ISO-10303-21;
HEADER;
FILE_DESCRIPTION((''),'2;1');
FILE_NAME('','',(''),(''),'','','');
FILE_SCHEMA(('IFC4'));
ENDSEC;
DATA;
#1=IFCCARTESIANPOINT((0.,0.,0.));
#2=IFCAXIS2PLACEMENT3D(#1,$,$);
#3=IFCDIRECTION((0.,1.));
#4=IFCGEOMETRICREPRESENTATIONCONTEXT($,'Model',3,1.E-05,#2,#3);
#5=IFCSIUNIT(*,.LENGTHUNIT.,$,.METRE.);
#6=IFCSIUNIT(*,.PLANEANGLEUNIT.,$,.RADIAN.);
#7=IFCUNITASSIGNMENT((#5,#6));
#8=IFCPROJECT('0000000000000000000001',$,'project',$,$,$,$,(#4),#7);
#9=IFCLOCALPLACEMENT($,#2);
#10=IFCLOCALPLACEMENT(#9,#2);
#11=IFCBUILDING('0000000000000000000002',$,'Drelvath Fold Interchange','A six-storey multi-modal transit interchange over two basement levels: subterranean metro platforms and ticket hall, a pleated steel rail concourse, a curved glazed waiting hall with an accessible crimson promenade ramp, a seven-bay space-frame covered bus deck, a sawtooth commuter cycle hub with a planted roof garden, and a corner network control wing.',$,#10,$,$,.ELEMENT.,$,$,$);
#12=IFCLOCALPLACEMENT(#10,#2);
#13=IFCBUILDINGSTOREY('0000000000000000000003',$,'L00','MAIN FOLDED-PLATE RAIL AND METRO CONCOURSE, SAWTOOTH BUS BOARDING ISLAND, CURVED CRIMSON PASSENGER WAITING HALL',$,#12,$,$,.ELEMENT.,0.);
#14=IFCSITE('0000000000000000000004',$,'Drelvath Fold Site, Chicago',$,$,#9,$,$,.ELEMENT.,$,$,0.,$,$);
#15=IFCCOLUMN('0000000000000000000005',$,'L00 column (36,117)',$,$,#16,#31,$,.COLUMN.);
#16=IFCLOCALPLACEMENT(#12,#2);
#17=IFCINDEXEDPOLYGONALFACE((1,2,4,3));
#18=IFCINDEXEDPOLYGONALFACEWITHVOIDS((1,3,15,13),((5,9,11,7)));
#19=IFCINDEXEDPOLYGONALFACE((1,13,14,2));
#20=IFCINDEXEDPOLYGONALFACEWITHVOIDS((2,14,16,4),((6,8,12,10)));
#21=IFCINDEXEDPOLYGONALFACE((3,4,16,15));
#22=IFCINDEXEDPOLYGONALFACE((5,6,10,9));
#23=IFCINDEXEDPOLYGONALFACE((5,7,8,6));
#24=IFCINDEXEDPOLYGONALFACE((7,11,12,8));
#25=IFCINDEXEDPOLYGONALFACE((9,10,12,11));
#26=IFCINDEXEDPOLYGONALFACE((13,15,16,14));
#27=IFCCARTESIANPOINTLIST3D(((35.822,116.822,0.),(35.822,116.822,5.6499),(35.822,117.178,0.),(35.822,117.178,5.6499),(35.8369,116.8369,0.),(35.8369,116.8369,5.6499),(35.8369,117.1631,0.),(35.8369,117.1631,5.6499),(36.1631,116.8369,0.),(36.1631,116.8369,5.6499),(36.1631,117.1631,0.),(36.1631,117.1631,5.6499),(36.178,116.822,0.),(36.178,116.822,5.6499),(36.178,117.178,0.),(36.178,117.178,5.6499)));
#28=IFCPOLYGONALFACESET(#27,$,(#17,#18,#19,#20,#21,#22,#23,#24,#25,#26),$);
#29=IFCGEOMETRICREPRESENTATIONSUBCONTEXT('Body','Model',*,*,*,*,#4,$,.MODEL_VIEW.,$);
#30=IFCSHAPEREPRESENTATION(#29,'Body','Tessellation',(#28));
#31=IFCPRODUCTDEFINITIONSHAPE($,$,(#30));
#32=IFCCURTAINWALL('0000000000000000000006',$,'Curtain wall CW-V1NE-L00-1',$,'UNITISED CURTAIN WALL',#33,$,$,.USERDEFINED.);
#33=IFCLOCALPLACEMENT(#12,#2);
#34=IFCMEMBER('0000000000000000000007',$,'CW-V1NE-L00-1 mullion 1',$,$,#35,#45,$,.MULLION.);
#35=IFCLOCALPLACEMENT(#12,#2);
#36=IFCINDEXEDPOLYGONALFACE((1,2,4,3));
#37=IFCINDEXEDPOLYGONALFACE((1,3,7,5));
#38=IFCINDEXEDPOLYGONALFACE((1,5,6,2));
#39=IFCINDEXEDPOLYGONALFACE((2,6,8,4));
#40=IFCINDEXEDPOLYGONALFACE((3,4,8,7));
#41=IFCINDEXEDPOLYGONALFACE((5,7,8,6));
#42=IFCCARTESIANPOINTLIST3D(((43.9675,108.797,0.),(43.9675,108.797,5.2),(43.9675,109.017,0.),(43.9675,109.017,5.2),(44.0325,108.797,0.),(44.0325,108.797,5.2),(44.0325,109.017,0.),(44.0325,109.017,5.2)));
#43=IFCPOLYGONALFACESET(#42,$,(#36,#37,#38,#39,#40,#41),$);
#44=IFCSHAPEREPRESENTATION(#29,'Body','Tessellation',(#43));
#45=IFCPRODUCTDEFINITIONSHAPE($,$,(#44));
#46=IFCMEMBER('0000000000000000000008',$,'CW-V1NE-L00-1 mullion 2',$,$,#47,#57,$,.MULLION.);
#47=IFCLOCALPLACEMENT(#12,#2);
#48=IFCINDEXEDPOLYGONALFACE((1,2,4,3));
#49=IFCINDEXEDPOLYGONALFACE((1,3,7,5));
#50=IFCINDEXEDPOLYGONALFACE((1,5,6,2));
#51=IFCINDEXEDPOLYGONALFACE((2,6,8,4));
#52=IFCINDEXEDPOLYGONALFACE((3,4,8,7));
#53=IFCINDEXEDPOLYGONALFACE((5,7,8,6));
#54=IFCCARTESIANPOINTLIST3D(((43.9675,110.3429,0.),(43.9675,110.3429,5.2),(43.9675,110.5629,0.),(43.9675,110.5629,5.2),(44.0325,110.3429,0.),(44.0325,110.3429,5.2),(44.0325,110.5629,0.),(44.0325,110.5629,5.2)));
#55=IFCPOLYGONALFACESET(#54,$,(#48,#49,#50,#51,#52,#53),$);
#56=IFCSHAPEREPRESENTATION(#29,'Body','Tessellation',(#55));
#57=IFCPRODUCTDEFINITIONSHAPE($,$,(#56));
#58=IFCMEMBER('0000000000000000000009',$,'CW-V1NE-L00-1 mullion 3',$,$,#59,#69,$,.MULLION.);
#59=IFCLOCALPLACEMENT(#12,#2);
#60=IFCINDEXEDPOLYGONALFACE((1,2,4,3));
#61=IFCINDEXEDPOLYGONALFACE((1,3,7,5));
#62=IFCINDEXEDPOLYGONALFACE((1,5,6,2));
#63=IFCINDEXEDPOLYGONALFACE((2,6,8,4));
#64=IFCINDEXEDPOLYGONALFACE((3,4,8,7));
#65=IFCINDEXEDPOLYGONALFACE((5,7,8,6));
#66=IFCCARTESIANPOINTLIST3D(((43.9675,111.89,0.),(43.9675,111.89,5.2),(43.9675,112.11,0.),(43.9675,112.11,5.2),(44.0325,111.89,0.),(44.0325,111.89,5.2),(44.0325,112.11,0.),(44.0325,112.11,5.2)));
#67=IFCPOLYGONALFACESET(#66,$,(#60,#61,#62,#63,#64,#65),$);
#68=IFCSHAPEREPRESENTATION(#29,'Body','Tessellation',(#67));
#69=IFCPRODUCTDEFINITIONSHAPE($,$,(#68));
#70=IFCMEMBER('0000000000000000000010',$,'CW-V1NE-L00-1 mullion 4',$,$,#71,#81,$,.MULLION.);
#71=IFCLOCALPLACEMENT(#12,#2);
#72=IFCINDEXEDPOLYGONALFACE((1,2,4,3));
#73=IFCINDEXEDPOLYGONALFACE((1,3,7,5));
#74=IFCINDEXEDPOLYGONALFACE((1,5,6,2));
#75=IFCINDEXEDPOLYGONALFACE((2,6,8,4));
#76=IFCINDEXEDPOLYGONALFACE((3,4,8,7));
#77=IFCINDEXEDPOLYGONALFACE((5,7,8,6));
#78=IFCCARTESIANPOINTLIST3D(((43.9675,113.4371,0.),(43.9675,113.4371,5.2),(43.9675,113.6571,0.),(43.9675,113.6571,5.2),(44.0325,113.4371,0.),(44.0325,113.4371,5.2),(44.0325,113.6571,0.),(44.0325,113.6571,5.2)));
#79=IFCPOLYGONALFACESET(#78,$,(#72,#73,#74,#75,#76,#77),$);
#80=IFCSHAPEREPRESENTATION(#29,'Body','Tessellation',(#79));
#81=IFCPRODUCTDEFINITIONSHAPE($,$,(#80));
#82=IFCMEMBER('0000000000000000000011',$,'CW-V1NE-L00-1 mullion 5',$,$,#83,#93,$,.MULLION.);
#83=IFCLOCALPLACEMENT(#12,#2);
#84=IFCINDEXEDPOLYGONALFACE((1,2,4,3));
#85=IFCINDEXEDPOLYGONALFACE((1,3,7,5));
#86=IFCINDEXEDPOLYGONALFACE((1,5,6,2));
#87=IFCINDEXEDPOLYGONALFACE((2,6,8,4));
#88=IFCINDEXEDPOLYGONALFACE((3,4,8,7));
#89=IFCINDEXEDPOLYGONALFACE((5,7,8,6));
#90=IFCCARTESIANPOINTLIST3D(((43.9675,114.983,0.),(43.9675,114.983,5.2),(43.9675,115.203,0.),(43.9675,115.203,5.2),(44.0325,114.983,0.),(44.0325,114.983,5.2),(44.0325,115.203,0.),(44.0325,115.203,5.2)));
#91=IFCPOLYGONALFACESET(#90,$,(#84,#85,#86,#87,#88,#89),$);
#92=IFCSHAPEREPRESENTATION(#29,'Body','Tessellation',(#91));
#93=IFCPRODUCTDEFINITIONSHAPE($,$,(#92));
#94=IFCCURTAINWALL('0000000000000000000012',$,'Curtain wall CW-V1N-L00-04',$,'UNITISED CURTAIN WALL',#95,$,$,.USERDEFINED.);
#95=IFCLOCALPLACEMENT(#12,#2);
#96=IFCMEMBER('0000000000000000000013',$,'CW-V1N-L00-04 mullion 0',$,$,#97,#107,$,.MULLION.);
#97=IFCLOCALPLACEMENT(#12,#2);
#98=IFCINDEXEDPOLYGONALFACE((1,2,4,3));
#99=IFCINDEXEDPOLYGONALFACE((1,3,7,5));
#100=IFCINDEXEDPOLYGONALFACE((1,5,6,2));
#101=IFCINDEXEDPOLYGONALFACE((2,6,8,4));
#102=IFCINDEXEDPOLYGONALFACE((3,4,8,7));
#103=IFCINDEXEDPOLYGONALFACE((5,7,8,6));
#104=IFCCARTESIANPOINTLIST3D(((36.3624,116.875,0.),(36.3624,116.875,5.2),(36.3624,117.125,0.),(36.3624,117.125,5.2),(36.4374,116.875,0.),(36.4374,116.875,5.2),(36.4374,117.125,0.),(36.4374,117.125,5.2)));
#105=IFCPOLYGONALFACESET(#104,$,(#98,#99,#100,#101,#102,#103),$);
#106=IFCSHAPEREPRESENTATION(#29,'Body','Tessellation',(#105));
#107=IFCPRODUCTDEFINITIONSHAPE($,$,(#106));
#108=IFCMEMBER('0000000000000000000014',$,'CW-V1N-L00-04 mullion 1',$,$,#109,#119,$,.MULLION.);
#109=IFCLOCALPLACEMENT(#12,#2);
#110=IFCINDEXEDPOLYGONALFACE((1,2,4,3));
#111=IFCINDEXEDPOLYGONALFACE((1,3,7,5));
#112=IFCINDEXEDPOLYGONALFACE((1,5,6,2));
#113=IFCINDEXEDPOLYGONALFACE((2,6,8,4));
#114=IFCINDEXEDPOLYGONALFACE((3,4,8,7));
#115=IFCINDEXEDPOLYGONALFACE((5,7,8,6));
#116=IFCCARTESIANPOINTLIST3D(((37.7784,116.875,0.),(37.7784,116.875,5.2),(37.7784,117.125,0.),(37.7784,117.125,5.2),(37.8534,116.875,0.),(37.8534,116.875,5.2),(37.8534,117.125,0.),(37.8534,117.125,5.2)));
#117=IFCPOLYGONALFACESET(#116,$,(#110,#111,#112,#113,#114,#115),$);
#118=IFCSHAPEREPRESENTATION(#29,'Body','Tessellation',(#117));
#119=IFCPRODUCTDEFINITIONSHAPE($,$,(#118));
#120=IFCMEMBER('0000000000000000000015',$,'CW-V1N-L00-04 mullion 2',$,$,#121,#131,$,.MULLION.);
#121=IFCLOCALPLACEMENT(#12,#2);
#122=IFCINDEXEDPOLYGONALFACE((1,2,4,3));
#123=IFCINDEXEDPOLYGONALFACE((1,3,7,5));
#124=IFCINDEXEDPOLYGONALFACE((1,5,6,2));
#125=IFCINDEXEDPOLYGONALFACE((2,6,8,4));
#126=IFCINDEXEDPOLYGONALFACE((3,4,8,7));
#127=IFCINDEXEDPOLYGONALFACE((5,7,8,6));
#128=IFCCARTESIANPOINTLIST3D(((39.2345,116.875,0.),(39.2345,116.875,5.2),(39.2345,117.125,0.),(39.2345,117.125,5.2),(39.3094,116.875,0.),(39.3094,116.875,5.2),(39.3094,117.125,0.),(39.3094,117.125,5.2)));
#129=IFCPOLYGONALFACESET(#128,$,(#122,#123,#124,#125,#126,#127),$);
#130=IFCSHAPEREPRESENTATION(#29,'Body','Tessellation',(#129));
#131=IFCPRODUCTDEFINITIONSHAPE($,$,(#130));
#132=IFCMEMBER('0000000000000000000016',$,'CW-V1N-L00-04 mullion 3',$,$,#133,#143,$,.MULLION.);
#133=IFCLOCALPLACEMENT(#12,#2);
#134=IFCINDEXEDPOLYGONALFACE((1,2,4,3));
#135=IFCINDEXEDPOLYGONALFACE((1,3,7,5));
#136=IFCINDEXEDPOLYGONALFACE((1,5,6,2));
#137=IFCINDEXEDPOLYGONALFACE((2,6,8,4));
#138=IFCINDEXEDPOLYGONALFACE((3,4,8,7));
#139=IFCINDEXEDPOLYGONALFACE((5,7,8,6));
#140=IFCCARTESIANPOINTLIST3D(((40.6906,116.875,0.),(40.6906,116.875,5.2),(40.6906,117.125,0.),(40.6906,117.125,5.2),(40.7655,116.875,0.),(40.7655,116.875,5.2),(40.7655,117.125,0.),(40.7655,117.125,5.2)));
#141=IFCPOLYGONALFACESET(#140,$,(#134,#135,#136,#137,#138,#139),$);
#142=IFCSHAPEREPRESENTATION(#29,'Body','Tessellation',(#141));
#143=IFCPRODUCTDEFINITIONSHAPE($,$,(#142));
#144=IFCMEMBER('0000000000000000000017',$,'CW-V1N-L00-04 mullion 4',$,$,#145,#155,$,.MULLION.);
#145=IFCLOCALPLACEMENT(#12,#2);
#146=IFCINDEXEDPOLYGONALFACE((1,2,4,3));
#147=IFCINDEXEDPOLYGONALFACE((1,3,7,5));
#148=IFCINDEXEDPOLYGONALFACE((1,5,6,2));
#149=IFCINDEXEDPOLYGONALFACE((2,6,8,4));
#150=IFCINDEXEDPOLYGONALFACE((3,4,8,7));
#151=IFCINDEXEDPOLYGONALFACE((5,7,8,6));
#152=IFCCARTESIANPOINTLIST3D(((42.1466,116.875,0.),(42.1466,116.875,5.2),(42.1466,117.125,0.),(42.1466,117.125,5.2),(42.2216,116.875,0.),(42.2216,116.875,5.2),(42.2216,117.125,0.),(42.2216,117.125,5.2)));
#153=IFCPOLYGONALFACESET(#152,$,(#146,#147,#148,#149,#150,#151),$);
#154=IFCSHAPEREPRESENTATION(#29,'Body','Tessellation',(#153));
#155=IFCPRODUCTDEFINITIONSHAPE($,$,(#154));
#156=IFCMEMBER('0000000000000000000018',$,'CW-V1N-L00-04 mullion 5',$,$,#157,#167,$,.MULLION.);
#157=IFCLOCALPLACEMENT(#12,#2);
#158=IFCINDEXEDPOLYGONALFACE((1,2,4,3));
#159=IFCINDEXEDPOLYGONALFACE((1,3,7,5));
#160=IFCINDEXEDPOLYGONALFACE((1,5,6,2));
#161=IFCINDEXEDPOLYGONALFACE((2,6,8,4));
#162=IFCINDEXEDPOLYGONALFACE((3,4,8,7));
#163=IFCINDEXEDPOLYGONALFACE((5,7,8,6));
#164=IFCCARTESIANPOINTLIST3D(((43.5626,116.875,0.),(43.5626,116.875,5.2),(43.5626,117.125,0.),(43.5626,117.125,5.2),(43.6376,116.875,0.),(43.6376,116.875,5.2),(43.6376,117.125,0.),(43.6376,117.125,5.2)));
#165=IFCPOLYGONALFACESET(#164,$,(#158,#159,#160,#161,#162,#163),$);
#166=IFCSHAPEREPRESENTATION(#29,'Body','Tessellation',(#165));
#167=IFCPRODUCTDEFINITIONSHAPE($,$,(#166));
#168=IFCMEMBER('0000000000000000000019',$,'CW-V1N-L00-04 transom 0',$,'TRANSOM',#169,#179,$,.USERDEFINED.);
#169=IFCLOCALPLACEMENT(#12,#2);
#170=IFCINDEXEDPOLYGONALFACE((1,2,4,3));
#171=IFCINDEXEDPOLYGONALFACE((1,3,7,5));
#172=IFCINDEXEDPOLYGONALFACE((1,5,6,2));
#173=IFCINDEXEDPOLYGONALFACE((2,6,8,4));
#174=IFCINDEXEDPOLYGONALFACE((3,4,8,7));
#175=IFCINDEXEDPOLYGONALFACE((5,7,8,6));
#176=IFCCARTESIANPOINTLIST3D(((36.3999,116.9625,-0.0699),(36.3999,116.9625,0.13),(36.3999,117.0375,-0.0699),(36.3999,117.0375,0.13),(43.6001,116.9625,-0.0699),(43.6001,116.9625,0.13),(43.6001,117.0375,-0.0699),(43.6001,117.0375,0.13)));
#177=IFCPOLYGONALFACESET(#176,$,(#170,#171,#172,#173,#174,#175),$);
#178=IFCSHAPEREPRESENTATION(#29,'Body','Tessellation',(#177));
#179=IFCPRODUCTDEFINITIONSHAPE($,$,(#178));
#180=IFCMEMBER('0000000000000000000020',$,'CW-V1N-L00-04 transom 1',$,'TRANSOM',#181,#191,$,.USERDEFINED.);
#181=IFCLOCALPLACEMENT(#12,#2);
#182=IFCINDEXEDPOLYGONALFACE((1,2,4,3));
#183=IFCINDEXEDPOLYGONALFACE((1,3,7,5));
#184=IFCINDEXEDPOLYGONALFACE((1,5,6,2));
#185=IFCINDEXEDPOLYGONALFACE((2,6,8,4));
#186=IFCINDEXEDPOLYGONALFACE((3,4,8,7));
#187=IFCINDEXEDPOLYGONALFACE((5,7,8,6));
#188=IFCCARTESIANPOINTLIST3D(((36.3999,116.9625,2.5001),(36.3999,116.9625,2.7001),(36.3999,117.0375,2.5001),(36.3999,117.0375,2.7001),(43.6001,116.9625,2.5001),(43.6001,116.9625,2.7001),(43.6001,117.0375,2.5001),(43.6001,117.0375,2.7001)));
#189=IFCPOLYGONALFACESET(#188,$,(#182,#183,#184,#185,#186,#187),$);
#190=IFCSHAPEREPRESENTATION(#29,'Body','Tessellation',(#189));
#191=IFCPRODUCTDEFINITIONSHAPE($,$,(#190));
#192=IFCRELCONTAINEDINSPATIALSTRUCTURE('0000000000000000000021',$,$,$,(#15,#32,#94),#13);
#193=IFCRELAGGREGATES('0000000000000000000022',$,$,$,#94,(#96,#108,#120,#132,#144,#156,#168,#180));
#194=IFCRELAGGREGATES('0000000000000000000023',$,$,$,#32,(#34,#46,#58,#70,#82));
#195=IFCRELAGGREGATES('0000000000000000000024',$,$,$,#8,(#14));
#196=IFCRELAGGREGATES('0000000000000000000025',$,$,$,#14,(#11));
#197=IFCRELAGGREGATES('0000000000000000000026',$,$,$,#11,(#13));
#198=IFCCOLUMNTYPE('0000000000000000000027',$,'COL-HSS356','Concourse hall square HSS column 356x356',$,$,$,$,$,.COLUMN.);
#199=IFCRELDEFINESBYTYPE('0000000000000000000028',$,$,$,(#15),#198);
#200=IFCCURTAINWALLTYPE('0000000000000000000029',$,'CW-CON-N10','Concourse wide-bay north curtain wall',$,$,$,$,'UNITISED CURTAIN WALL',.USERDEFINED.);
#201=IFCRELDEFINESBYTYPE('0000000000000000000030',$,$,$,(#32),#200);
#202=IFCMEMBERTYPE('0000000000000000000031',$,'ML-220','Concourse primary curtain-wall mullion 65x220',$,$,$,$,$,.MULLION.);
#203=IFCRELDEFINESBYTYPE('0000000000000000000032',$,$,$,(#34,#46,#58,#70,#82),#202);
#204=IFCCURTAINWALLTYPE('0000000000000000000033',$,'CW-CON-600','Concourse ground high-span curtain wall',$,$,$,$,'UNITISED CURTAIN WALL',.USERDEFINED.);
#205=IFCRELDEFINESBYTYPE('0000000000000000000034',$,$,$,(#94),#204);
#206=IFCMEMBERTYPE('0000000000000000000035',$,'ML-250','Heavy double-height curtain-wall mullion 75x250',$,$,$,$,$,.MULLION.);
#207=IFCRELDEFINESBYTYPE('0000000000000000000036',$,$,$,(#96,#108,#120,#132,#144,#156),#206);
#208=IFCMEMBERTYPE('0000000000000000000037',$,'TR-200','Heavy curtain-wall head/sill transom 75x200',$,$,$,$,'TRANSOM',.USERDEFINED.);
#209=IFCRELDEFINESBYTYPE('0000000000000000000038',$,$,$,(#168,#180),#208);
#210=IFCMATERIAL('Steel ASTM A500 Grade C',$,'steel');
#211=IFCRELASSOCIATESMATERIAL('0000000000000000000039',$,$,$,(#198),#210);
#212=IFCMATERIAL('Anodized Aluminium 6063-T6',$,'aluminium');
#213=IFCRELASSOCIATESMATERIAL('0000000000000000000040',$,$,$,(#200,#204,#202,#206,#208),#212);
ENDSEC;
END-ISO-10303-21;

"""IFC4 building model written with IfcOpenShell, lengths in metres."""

from ifc_helpers import new_model, si_unit, direction, frame, origin, origin_2d, place, context, subcontext, project, spatial, rectangle, hollow_rectangle, extrude, material, material_profile, profile_set, type_object, element, aggregate, save


model = new_model("IFC4")

# Units and contexts
model_context = context("Model", 3, precision=1e-05, world=origin(), true_north=direction((0.0, 1.0)))
body_context = subcontext(model_context, "Body", "Model", "MODEL_VIEW")
ifc_project = project(units=[si_unit("LENGTHUNIT", "METRE"), si_unit("PLANEANGLEUNIT", "RADIAN")], contexts=[model_context])

# Site, building, storey
site_placement = place(None, origin())
site = spatial("IfcSite", under=ifc_project, at=site_placement, Name="Drelvath Fold Site, Chicago", CompositionType="ELEMENT", RefElevation=0.0)
building_placement = place(site_placement, origin())
building = spatial("IfcBuilding", under=site, at=building_placement, Name="Drelvath Fold Interchange", Description="A six-storey multi-modal transit interchange over two basement levels: subterranean metro platforms and ticket hall, a pleated steel rail concourse, a curved glazed waiting hall with an accessible crimson promenade ramp, a seven-bay space-frame covered bus deck, a sawtooth commuter cycle hub with a planted roof garden, and a corner network control wing.", CompositionType="ELEMENT")
storey_placement = place(building_placement, origin())
storey = spatial("IfcBuildingStorey", under=building, at=storey_placement, Name="L00", Description="MAIN FOLDED-PLATE RAIL AND METRO CONCOURSE, SAWTOOTH BUS BOARDING ISLAND, CURVED CRIMSON PASSENGER WAITING HALL", CompositionType="ELEMENT", Elevation=0.0)

# Column
ifc_material_1 = material(Name="Steel ASTM A500 Grade C", Category="steel")
ifc_material_profile_1 = material_profile(ifc_material_1, hollow_rectangle(XDim=0.356, YDim=0.356, WallThickness=0.0149, at=origin_2d()), Name="HSS14X14X5/8")
ifc_profile_set_1 = profile_set([ifc_material_profile_1], Name="Steel ASTM A500 Grade C")
column_type = type_object("IfcColumnType", Name="COL-HSS356", Description="Concourse hall square HSS column 356x356", PredefinedType="COLUMN", material=ifc_profile_set_1)
column_placement = place(storey_placement, frame((36.0, 117.0, 0.0), z_axis=(0.0, 0.0, 1.0), x_axis=(1.0, 0.0, 0.0)))
element("IfcColumn", 1, at=column_placement, inside=storey, type_object=column_type, Name="L00 column (36,117)", PredefinedType="COLUMN", context=body_context, shape_type="SweptSolid", body=[
    extrude(hollow_rectangle(XDim=0.356, YDim=0.356, WallThickness=0.0149, at=origin_2d()), origin(), (0.0, 0.0, 1.0), 5.6499),
])

# Curtain wall, members
ifc_material_2 = material(Name="Anodized Aluminium 6063-T6", Category="aluminium")
curtain_wall_type_1 = type_object("IfcCurtainWallType", Name="CW-CON-N10", Description="Concourse wide-bay north curtain wall", ElementType="UNITISED CURTAIN WALL", PredefinedType="USERDEFINED", material=ifc_material_2)
curtain_wall_1_placement = place(storey_placement, origin())
curtain_wall_1 = element("IfcCurtainWall", 2, at=curtain_wall_1_placement, inside=storey, type_object=curtain_wall_type_1, Name="Curtain wall CW-V1NE-L00-1", ObjectType="UNITISED CURTAIN WALL", PredefinedType="USERDEFINED")
ifc_material_profile_2 = material_profile(ifc_material_2, rectangle(XDim=0.0649, YDim=0.22, at=origin_2d()), Name="AL-M 65x220")
ifc_profile_set_2 = profile_set([ifc_material_profile_2], Name="Anodized Aluminium 6063-T6")
member_type_1 = type_object("IfcMemberType", Name="ML-220", Description="Concourse primary curtain-wall mullion 65x220", PredefinedType="MULLION", material=ifc_profile_set_2)
member_1_placement = place(storey_placement, frame((44.0, 108.907, 0.0), z_axis=(0.0, 0.0, 1.0), x_axis=(1.0, 0.0, 0.0)))
member_1 = element("IfcMember", 3, at=member_1_placement, type_object=member_type_1, Name="CW-V1NE-L00-1 mullion 1", PredefinedType="MULLION", context=body_context, shape_type="SweptSolid", body=[
    extrude(rectangle(XDim=0.0649, YDim=0.22, at=origin_2d()), origin(), (0.0, 0.0, 1.0), 5.2),
])
member_2_placement = place(storey_placement, frame((44.0, 110.4529, 0.0), z_axis=(0.0, 0.0, 1.0), x_axis=(1.0, 0.0, 0.0)))
member_2 = element("IfcMember", 4, at=member_2_placement, type_object=member_type_1, Name="CW-V1NE-L00-1 mullion 2", PredefinedType="MULLION", context=body_context, shape_type="SweptSolid", body=[
    extrude(rectangle(XDim=0.0649, YDim=0.22, at=origin_2d()), origin(), (0.0, 0.0, 1.0), 5.2),
])
member_3_placement = place(storey_placement, frame((44.0, 112.0, 0.0), z_axis=(0.0, 0.0, 1.0), x_axis=(1.0, 0.0, 0.0)))
member_3 = element("IfcMember", 5, at=member_3_placement, type_object=member_type_1, Name="CW-V1NE-L00-1 mullion 3", PredefinedType="MULLION", context=body_context, shape_type="SweptSolid", body=[
    extrude(rectangle(XDim=0.0649, YDim=0.22, at=origin_2d()), origin(), (0.0, 0.0, 1.0), 5.2),
])
member_4_placement = place(storey_placement, frame((44.0, 113.5471, 0.0), z_axis=(0.0, 0.0, 1.0), x_axis=(1.0, 0.0, 0.0)))
member_4 = element("IfcMember", 6, at=member_4_placement, type_object=member_type_1, Name="CW-V1NE-L00-1 mullion 4", PredefinedType="MULLION", context=body_context, shape_type="SweptSolid", body=[
    extrude(rectangle(XDim=0.0649, YDim=0.22, at=origin_2d()), origin(), (0.0, 0.0, 1.0), 5.2),
])
member_5_placement = place(storey_placement, frame((44.0, 115.093, 0.0), z_axis=(0.0, 0.0, 1.0), x_axis=(1.0, 0.0, 0.0)))
member_5 = element("IfcMember", 7, at=member_5_placement, type_object=member_type_1, Name="CW-V1NE-L00-1 mullion 5", PredefinedType="MULLION", context=body_context, shape_type="SweptSolid", body=[
    extrude(rectangle(XDim=0.0649, YDim=0.22, at=origin_2d()), origin(), (0.0, 0.0, 1.0), 5.2),
])

# Curtain wall, members
curtain_wall_type_2 = type_object("IfcCurtainWallType", Name="CW-CON-600", Description="Concourse ground high-span curtain wall", ElementType="UNITISED CURTAIN WALL", PredefinedType="USERDEFINED", material=ifc_material_2)
curtain_wall_2_placement = place(storey_placement, origin())
curtain_wall_2 = element("IfcCurtainWall", 8, at=curtain_wall_2_placement, inside=storey, type_object=curtain_wall_type_2, Name="Curtain wall CW-V1N-L00-04", ObjectType="UNITISED CURTAIN WALL", PredefinedType="USERDEFINED")
ifc_material_profile_3 = material_profile(ifc_material_2, rectangle(XDim=0.075, YDim=0.25, at=origin_2d()), Name="AL-M 75x250")
ifc_profile_set_3 = profile_set([ifc_material_profile_3], Name="Anodized Aluminium 6063-T6")
member_type_2 = type_object("IfcMemberType", Name="ML-250", Description="Heavy double-height curtain-wall mullion 75x250", PredefinedType="MULLION", material=ifc_profile_set_3)
member_6_placement = place(storey_placement, frame((36.3999, 117.0, 0.0), z_axis=(0.0, 0.0, 1.0), x_axis=(1.0, 0.0, 0.0)))
member_6 = element("IfcMember", 9, at=member_6_placement, type_object=member_type_2, Name="CW-V1N-L00-04 mullion 0", PredefinedType="MULLION", context=body_context, shape_type="SweptSolid", body=[
    extrude(rectangle(XDim=0.075, YDim=0.25, at=origin_2d()), origin(), (0.0, 0.0, 1.0), 5.2),
])
member_7_placement = place(storey_placement, frame((37.8159, 117.0, 0.0), z_axis=(0.0, 0.0, 1.0), x_axis=(1.0, 0.0, 0.0)))
member_7 = element("IfcMember", 10, at=member_7_placement, type_object=member_type_2, Name="CW-V1N-L00-04 mullion 1", PredefinedType="MULLION", context=body_context, shape_type="SweptSolid", body=[
    extrude(rectangle(XDim=0.075, YDim=0.25, at=origin_2d()), origin(), (0.0, 0.0, 1.0), 5.2),
])
member_8_placement = place(storey_placement, frame((39.272, 117.0, 0.0), z_axis=(0.0, 0.0, 1.0), x_axis=(1.0, 0.0, 0.0)))
member_8 = element("IfcMember", 11, at=member_8_placement, type_object=member_type_2, Name="CW-V1N-L00-04 mullion 2", PredefinedType="MULLION", context=body_context, shape_type="SweptSolid", body=[
    extrude(rectangle(XDim=0.075, YDim=0.25, at=origin_2d()), origin(), (0.0, 0.0, 1.0), 5.2),
])
member_9_placement = place(storey_placement, frame((40.728, 117.0, 0.0), z_axis=(0.0, 0.0, 1.0), x_axis=(1.0, 0.0, 0.0)))
member_9 = element("IfcMember", 12, at=member_9_placement, type_object=member_type_2, Name="CW-V1N-L00-04 mullion 3", PredefinedType="MULLION", context=body_context, shape_type="SweptSolid", body=[
    extrude(rectangle(XDim=0.075, YDim=0.25, at=origin_2d()), origin(), (0.0, 0.0, 1.0), 5.2),
])
member_10_placement = place(storey_placement, frame((42.1841, 117.0, 0.0), z_axis=(0.0, 0.0, 1.0), x_axis=(1.0, 0.0, 0.0)))
member_10 = element("IfcMember", 13, at=member_10_placement, type_object=member_type_2, Name="CW-V1N-L00-04 mullion 4", PredefinedType="MULLION", context=body_context, shape_type="SweptSolid", body=[
    extrude(rectangle(XDim=0.075, YDim=0.25, at=origin_2d()), origin(), (0.0, 0.0, 1.0), 5.2),
])
member_11_placement = place(storey_placement, frame((43.6001, 117.0, 0.0), z_axis=(0.0, 0.0, 1.0), x_axis=(1.0, 0.0, 0.0)))
member_11 = element("IfcMember", 14, at=member_11_placement, type_object=member_type_2, Name="CW-V1N-L00-04 mullion 5", PredefinedType="MULLION", context=body_context, shape_type="SweptSolid", body=[
    extrude(rectangle(XDim=0.075, YDim=0.25, at=origin_2d()), origin(), (0.0, 0.0, 1.0), 5.2),
])
ifc_material_profile_4 = material_profile(ifc_material_2, rectangle(XDim=0.075, YDim=0.2, at=origin_2d()), Name="AL-T 75x200")
ifc_profile_set_4 = profile_set([ifc_material_profile_4], Name="Anodized Aluminium 6063-T6")
member_type_3 = type_object("IfcMemberType", Name="TR-200", Description="Heavy curtain-wall head/sill transom 75x200", ElementType="TRANSOM", PredefinedType="USERDEFINED", material=ifc_profile_set_4)
member_12_placement = place(storey_placement, frame((36.3999, 117.0, 0.03), z_axis=(1.0, 0.0, 0.0), x_axis=(0.0, 1.0, 0.0)))
member_12 = element("IfcMember", 15, at=member_12_placement, type_object=member_type_3, Name="CW-V1N-L00-04 transom 0", ObjectType="TRANSOM", PredefinedType="USERDEFINED", context=body_context, shape_type="SweptSolid", body=[
    extrude(rectangle(XDim=0.075, YDim=0.2, at=origin_2d()), origin(), (0.0, 0.0, 1.0), 7.2002),
])
member_13_placement = place(storey_placement, frame((36.3999, 117.0, 2.6001), z_axis=(1.0, 0.0, 0.0), x_axis=(0.0, 1.0, 0.0)))
member_13 = element("IfcMember", 16, at=member_13_placement, type_object=member_type_3, Name="CW-V1N-L00-04 transom 1", ObjectType="TRANSOM", PredefinedType="USERDEFINED", context=body_context, shape_type="SweptSolid", body=[
    extrude(rectangle(XDim=0.075, YDim=0.2, at=origin_2d()), origin(), (0.0, 0.0, 1.0), 7.2002),
])
aggregate(curtain_wall_2, [member_6, member_7, member_8, member_9, member_10, member_11, member_12, member_13])

aggregate(curtain_wall_1, [member_1, member_2, member_3, member_4, member_5])

save(model, "model.ifc")
